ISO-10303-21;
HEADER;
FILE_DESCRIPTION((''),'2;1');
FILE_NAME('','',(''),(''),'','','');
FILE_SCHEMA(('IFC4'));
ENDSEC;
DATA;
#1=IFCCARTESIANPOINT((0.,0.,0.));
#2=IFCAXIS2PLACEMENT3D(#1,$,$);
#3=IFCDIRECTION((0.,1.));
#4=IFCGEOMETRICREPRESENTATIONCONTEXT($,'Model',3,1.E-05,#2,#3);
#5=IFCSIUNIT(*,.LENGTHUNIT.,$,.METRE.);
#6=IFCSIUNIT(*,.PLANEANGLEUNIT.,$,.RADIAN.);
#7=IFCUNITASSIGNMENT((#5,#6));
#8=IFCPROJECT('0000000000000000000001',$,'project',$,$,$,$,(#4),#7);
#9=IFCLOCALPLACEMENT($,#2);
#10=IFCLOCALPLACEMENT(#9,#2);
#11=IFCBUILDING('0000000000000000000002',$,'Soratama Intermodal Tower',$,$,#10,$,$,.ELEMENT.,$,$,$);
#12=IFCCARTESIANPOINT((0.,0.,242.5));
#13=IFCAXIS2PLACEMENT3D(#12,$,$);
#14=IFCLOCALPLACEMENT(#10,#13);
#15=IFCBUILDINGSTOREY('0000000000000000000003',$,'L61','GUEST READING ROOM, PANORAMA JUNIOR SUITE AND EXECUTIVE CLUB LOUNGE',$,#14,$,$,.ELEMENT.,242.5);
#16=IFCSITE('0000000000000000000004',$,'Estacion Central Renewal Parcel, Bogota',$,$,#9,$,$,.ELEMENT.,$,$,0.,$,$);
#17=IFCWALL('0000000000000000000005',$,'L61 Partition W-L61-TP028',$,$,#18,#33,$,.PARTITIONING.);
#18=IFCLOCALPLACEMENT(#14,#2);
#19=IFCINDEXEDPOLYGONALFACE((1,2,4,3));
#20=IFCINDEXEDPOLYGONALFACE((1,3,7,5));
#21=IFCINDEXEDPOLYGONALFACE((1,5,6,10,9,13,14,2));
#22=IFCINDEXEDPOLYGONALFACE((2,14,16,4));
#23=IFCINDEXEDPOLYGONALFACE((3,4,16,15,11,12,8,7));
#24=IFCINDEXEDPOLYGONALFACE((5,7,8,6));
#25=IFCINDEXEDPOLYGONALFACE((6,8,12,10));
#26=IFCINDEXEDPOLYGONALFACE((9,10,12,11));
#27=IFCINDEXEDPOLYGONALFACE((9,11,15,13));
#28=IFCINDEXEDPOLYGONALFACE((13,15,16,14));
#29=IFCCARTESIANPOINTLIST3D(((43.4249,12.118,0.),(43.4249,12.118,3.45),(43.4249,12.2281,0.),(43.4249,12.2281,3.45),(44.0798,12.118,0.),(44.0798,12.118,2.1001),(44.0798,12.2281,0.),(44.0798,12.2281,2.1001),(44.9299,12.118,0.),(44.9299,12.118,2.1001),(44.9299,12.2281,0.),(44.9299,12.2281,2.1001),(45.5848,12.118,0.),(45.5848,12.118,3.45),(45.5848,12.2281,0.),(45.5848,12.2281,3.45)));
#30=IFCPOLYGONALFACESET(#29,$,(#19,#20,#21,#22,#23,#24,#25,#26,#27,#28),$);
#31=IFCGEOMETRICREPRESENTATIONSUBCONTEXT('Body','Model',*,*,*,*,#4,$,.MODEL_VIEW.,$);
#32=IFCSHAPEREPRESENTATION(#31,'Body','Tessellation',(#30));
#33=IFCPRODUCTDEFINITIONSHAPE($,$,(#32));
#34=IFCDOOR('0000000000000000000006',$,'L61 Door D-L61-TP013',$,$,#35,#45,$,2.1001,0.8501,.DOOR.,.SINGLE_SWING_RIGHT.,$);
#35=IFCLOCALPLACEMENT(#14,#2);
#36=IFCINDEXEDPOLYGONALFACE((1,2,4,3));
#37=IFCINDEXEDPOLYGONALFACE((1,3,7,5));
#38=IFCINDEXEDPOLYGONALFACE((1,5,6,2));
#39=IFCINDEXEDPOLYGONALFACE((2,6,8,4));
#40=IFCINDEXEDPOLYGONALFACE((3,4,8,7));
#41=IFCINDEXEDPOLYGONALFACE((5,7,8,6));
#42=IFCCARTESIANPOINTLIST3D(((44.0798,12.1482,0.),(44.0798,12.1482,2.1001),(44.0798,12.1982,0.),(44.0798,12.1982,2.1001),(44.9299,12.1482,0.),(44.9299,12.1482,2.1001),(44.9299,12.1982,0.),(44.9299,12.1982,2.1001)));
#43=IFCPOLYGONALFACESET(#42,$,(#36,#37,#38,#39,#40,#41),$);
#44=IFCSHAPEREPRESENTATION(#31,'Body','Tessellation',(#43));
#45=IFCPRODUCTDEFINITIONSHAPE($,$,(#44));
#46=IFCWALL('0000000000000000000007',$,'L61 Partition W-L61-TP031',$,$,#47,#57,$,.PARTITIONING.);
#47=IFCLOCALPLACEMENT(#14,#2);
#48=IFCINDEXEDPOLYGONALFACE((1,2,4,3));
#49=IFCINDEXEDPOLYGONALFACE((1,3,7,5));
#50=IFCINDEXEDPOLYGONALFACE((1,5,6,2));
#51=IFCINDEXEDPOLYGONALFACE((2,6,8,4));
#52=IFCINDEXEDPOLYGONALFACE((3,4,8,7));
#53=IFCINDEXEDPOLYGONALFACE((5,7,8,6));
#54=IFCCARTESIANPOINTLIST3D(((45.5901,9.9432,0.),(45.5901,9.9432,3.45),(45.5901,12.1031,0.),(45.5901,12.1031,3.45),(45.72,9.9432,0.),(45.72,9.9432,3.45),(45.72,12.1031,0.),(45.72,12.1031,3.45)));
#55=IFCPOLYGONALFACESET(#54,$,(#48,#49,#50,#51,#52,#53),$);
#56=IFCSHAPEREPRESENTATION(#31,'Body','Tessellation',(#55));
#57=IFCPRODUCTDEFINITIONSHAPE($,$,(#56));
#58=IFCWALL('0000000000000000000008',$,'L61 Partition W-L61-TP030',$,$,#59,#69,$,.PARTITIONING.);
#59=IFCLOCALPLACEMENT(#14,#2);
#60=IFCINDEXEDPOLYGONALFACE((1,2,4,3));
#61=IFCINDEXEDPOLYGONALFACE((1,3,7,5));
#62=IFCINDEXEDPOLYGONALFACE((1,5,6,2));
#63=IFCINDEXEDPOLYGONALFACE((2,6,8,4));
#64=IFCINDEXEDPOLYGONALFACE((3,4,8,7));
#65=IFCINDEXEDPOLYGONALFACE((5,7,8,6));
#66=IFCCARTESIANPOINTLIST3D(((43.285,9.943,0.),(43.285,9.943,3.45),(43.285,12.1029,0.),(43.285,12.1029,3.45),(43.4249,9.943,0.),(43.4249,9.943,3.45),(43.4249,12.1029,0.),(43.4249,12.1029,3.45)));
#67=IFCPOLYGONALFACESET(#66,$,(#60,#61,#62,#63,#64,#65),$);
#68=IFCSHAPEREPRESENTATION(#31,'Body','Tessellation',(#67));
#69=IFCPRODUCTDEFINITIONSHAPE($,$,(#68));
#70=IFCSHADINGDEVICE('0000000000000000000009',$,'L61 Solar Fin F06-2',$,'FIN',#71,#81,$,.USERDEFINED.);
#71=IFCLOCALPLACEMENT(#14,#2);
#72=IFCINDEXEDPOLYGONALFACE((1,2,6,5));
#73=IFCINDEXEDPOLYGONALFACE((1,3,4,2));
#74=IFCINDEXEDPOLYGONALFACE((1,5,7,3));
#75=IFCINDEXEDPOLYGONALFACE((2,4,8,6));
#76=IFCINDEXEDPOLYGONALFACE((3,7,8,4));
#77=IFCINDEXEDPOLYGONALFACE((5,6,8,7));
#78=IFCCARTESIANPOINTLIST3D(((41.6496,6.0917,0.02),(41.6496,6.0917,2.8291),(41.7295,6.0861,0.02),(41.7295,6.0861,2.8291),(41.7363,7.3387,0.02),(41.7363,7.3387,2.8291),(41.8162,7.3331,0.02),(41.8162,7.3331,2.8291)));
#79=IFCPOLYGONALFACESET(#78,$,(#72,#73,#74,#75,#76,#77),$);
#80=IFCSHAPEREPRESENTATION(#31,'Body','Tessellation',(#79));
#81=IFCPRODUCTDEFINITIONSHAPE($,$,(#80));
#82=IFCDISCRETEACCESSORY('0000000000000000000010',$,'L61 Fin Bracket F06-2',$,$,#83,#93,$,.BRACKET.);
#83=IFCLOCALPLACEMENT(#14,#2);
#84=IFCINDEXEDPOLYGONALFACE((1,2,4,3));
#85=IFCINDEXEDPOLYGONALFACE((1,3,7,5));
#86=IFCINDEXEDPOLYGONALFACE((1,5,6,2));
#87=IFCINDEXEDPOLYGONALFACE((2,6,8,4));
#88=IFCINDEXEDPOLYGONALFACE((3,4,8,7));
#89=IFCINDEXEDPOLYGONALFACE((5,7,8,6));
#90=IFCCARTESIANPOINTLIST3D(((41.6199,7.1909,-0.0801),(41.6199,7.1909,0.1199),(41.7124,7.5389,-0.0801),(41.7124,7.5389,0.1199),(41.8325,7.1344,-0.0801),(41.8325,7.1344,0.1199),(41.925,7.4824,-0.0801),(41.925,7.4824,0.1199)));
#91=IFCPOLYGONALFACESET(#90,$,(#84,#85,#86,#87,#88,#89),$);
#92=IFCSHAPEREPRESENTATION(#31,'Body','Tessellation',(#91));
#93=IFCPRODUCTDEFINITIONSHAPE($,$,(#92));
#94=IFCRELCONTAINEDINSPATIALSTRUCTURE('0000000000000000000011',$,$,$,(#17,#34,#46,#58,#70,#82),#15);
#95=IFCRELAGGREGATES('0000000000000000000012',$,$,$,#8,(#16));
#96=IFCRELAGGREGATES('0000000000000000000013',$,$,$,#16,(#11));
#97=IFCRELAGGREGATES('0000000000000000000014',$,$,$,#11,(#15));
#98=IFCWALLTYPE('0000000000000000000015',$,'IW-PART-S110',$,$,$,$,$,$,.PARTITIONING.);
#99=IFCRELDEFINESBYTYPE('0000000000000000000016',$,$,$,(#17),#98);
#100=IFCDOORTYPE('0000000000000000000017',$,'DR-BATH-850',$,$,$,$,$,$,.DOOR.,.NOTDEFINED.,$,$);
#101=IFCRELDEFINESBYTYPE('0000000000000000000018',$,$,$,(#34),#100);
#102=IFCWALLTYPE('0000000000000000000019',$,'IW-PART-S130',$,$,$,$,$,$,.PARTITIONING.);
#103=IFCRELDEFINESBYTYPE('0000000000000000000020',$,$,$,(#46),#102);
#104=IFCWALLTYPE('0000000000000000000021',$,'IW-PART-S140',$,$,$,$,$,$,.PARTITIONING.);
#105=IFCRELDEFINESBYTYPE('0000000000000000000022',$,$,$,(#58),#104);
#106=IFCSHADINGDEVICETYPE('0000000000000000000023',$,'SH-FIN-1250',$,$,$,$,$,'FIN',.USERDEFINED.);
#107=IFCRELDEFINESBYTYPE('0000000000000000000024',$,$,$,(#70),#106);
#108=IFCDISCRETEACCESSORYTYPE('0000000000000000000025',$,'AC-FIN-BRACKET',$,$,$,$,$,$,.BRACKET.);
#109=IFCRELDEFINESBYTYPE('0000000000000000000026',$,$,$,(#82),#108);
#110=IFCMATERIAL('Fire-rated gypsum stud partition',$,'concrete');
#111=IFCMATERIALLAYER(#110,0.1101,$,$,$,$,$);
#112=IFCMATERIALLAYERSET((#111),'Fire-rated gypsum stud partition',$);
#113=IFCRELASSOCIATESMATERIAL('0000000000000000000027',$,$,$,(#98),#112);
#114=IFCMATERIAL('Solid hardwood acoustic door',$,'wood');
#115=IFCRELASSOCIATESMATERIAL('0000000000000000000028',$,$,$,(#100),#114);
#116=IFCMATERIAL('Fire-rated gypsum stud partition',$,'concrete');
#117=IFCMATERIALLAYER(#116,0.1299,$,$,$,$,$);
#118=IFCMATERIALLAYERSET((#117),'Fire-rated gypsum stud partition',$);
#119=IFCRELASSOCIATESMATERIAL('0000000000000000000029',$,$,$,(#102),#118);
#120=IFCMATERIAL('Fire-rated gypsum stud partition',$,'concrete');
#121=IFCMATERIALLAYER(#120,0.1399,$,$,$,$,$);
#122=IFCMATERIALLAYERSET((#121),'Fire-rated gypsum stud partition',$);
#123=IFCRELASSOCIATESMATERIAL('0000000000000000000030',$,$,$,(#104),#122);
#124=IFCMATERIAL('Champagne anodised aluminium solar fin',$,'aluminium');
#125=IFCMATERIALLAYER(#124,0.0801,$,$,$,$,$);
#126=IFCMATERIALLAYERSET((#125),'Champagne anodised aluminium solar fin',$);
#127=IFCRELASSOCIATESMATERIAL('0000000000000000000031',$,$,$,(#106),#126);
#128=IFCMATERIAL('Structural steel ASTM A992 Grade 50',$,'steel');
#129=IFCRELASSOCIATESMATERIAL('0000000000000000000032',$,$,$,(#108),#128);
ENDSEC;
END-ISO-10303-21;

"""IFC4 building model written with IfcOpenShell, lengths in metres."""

from ifc_helpers import new_model, si_unit, direction, frame, frame_2d, origin, origin_2d, place, context, subcontext, project, spatial, rectangle, extrude, material, layer, layer_set, type_object, element, fill, save


model = new_model("IFC4")

# Units and contexts
model_context = context("Model", 3, precision=1e-05, world=origin(), true_north=direction((0.0, 1.0)))
body_context = subcontext(model_context, "Body", "Model", "MODEL_VIEW")
ifc_project = project(units=[si_unit("LENGTHUNIT", "METRE"), si_unit("PLANEANGLEUNIT", "RADIAN")], contexts=[model_context])

# Site, building, storey
site_placement = place(None, origin())
site = spatial("IfcSite", under=ifc_project, at=site_placement, Name="Estacion Central Renewal Parcel, Bogota", CompositionType="ELEMENT", RefElevation=0.0)
building_placement = place(site_placement, origin())
building = spatial("IfcBuilding", under=site, at=building_placement, Name="Soratama Intermodal Tower", CompositionType="ELEMENT")
storey_placement = place(building_placement, frame((0.0, 0.0, 242.5)))
storey = spatial("IfcBuildingStorey", under=building, at=storey_placement, Name="L61", Description="GUEST READING ROOM, PANORAMA JUNIOR SUITE AND EXECUTIVE CLUB LOUNGE", CompositionType="ELEMENT", Elevation=242.5)

# Wall, opening, door
ifc_material_1 = material(Name="Fire-rated gypsum stud partition", Category="concrete")
ifc_layer_1 = layer(ifc_material_1, 0.1101)
ifc_layer_set_1 = layer_set([ifc_layer_1], Name="Fire-rated gypsum stud partition")
wall_type_1 = type_object("IfcWallType", Name="IW-PART-S110", PredefinedType="PARTITIONING", material=ifc_layer_set_1)
wall_1_placement = place(storey_placement, frame((45.585, 12.1731, 0.0), z_axis=(0.0, 0.0, 1.0), x_axis=(-1.0, 0.0, 0.0)))
wall_1 = element("IfcWall", 1, at=wall_1_placement, inside=storey, type_object=wall_type_1, Name="L61 Partition W-L61-TP028", PredefinedType="PARTITIONING", context=body_context, shape_type="SweptSolid", body=[
    extrude(rectangle(XDim=2.1599, YDim=0.1101, at=frame_2d((1.0801, 0.0))), origin(), (0.0, 0.0, 1.0), 3.45),
])
opening_1_placement = place(wall_1_placement, frame((0.655, 0.0, 0.0)))
opening_1 = element("IfcOpeningElement", 2, at=opening_1_placement, cuts=wall_1, PredefinedType="OPENING", context=body_context, shape_type="SweptSolid", body=[
    extrude(rectangle(XDim=0.8501, YDim=2.1001, at=frame_2d((0.425, 1.05))), frame((0.0, 0.0649, 0.0), z_axis=(0.0, -1.0, 0.0), x_axis=(1.0, 0.0, 0.0)), (0.0, 0.0, 1.0), 0.1301),
])
ifc_material_2 = material(Name="Solid hardwood acoustic door", Category="wood")
door_type = type_object("IfcDoorType", Name="DR-BATH-850", OperationType="NOTDEFINED", PredefinedType="DOOR", material=ifc_material_2)
door_placement = place(opening_1_placement, origin())
door = element("IfcDoor", 3, at=door_placement, inside=storey, type_object=door_type, Name="L61 Door D-L61-TP013", OperationType="SINGLE_SWING_RIGHT", OverallHeight=2.1001, OverallWidth=0.8501, PredefinedType="DOOR", context=body_context, shape_type="SweptSolid", body=[
    extrude(rectangle(XDim=0.8501, YDim=2.1001, at=frame_2d((0.425, 1.05))), frame((0.0, 0.0249, 0.0), z_axis=(0.0, -1.0, 0.0), x_axis=(1.0, 0.0, 0.0)), (0.0, 0.0, 1.0), 0.05),
])
fill(opening_1, door)

# Walls
ifc_material_3 = material(Name="Fire-rated gypsum stud partition", Category="concrete")
ifc_layer_2 = layer(ifc_material_3, 0.1299)
ifc_layer_set_2 = layer_set([ifc_layer_2], Name="Fire-rated gypsum stud partition")
wall_type_2 = type_object("IfcWallType", Name="IW-PART-S130", PredefinedType="PARTITIONING", material=ifc_layer_set_2)
wall_2_placement = place(storey_placement, frame((45.655, 9.9431, 0.0), z_axis=(0.0, 0.0, 1.0), x_axis=(0.0, 1.0, 0.0)))
element("IfcWall", 4, at=wall_2_placement, inside=storey, type_object=wall_type_2, Name="L61 Partition W-L61-TP031", PredefinedType="PARTITIONING", context=body_context, shape_type="SweptSolid", body=[
    extrude(rectangle(XDim=2.1599, YDim=0.1299, at=frame_2d((1.0801, 0.0))), origin(), (0.0, 0.0, 1.0), 3.45),
])
ifc_material_4 = material(Name="Fire-rated gypsum stud partition", Category="concrete")
ifc_layer_3 = layer(ifc_material_4, 0.1399)
ifc_layer_set_3 = layer_set([ifc_layer_3], Name="Fire-rated gypsum stud partition")
wall_type_3 = type_object("IfcWallType", Name="IW-PART-S140", PredefinedType="PARTITIONING", material=ifc_layer_set_3)
wall_3_placement = place(storey_placement, frame((43.355, 12.103, 0.0), z_axis=(0.0, 0.0, 1.0), x_axis=(0.0, -1.0, 0.0)))
element("IfcWall", 5, at=wall_3_placement, inside=storey, type_object=wall_type_3, Name="L61 Partition W-L61-TP030", PredefinedType="PARTITIONING", context=body_context, shape_type="SweptSolid", body=[
    extrude(rectangle(XDim=2.1599, YDim=0.1399, at=frame_2d((1.0801, 0.0))), origin(), (0.0, 0.0, 1.0), 3.45),
])

# Shading device
ifc_material_5 = material(Name="Champagne anodised aluminium solar fin", Category="aluminium")
ifc_layer_4 = layer(ifc_material_5, 0.0801)
ifc_layer_set_4 = layer_set([ifc_layer_4], Name="Champagne anodised aluminium solar fin")
shading_device_type = type_object("IfcShadingDeviceType", Name="SH-FIN-1250", ElementType="FIN", PredefinedType="USERDEFINED", material=ifc_layer_set_4)
shading_device_placement = place(storey_placement, frame((41.7329, 6.7124, 0.02), z_axis=(0.0, 0.0, 1.0), x_axis=(-0.069408, -0.997588, 0.0)))
element("IfcShadingDevice", 6, at=shading_device_placement, inside=storey, type_object=shading_device_type, Name="L61 Solar Fin F06-2", ObjectType="FIN", PredefinedType="USERDEFINED", context=body_context, shape_type="SweptSolid", body=[
    extrude(rectangle(XDim=1.25, YDim=0.0801, at=origin_2d()), origin(), (0.0, 0.0, 1.0), 2.8091),
])

# Discrete accessory
ifc_material_6 = material(Name="Structural steel ASTM A992 Grade 50", Category="steel")
discrete_accessory_type = type_object("IfcDiscreteAccessoryType", Name="AC-FIN-BRACKET", PredefinedType="BRACKET", material=ifc_material_6)
discrete_accessory_placement = place(storey_placement, frame((41.7725, 7.3367, -0.0801), z_axis=(0.0, 0.0, 1.0), x_axis=(-0.256795, -0.966466, 0.0)))
element("IfcDiscreteAccessory", 7, at=discrete_accessory_placement, inside=storey, type_object=discrete_accessory_type, Name="L61 Fin Bracket F06-2", PredefinedType="BRACKET", context=body_context, shape_type="SweptSolid", body=[
    extrude(rectangle(XDim=0.3601, YDim=0.22, at=origin_2d()), origin(), (0.0, 0.0, 1.0), 0.2),
])

save(model, "model.ifc")
